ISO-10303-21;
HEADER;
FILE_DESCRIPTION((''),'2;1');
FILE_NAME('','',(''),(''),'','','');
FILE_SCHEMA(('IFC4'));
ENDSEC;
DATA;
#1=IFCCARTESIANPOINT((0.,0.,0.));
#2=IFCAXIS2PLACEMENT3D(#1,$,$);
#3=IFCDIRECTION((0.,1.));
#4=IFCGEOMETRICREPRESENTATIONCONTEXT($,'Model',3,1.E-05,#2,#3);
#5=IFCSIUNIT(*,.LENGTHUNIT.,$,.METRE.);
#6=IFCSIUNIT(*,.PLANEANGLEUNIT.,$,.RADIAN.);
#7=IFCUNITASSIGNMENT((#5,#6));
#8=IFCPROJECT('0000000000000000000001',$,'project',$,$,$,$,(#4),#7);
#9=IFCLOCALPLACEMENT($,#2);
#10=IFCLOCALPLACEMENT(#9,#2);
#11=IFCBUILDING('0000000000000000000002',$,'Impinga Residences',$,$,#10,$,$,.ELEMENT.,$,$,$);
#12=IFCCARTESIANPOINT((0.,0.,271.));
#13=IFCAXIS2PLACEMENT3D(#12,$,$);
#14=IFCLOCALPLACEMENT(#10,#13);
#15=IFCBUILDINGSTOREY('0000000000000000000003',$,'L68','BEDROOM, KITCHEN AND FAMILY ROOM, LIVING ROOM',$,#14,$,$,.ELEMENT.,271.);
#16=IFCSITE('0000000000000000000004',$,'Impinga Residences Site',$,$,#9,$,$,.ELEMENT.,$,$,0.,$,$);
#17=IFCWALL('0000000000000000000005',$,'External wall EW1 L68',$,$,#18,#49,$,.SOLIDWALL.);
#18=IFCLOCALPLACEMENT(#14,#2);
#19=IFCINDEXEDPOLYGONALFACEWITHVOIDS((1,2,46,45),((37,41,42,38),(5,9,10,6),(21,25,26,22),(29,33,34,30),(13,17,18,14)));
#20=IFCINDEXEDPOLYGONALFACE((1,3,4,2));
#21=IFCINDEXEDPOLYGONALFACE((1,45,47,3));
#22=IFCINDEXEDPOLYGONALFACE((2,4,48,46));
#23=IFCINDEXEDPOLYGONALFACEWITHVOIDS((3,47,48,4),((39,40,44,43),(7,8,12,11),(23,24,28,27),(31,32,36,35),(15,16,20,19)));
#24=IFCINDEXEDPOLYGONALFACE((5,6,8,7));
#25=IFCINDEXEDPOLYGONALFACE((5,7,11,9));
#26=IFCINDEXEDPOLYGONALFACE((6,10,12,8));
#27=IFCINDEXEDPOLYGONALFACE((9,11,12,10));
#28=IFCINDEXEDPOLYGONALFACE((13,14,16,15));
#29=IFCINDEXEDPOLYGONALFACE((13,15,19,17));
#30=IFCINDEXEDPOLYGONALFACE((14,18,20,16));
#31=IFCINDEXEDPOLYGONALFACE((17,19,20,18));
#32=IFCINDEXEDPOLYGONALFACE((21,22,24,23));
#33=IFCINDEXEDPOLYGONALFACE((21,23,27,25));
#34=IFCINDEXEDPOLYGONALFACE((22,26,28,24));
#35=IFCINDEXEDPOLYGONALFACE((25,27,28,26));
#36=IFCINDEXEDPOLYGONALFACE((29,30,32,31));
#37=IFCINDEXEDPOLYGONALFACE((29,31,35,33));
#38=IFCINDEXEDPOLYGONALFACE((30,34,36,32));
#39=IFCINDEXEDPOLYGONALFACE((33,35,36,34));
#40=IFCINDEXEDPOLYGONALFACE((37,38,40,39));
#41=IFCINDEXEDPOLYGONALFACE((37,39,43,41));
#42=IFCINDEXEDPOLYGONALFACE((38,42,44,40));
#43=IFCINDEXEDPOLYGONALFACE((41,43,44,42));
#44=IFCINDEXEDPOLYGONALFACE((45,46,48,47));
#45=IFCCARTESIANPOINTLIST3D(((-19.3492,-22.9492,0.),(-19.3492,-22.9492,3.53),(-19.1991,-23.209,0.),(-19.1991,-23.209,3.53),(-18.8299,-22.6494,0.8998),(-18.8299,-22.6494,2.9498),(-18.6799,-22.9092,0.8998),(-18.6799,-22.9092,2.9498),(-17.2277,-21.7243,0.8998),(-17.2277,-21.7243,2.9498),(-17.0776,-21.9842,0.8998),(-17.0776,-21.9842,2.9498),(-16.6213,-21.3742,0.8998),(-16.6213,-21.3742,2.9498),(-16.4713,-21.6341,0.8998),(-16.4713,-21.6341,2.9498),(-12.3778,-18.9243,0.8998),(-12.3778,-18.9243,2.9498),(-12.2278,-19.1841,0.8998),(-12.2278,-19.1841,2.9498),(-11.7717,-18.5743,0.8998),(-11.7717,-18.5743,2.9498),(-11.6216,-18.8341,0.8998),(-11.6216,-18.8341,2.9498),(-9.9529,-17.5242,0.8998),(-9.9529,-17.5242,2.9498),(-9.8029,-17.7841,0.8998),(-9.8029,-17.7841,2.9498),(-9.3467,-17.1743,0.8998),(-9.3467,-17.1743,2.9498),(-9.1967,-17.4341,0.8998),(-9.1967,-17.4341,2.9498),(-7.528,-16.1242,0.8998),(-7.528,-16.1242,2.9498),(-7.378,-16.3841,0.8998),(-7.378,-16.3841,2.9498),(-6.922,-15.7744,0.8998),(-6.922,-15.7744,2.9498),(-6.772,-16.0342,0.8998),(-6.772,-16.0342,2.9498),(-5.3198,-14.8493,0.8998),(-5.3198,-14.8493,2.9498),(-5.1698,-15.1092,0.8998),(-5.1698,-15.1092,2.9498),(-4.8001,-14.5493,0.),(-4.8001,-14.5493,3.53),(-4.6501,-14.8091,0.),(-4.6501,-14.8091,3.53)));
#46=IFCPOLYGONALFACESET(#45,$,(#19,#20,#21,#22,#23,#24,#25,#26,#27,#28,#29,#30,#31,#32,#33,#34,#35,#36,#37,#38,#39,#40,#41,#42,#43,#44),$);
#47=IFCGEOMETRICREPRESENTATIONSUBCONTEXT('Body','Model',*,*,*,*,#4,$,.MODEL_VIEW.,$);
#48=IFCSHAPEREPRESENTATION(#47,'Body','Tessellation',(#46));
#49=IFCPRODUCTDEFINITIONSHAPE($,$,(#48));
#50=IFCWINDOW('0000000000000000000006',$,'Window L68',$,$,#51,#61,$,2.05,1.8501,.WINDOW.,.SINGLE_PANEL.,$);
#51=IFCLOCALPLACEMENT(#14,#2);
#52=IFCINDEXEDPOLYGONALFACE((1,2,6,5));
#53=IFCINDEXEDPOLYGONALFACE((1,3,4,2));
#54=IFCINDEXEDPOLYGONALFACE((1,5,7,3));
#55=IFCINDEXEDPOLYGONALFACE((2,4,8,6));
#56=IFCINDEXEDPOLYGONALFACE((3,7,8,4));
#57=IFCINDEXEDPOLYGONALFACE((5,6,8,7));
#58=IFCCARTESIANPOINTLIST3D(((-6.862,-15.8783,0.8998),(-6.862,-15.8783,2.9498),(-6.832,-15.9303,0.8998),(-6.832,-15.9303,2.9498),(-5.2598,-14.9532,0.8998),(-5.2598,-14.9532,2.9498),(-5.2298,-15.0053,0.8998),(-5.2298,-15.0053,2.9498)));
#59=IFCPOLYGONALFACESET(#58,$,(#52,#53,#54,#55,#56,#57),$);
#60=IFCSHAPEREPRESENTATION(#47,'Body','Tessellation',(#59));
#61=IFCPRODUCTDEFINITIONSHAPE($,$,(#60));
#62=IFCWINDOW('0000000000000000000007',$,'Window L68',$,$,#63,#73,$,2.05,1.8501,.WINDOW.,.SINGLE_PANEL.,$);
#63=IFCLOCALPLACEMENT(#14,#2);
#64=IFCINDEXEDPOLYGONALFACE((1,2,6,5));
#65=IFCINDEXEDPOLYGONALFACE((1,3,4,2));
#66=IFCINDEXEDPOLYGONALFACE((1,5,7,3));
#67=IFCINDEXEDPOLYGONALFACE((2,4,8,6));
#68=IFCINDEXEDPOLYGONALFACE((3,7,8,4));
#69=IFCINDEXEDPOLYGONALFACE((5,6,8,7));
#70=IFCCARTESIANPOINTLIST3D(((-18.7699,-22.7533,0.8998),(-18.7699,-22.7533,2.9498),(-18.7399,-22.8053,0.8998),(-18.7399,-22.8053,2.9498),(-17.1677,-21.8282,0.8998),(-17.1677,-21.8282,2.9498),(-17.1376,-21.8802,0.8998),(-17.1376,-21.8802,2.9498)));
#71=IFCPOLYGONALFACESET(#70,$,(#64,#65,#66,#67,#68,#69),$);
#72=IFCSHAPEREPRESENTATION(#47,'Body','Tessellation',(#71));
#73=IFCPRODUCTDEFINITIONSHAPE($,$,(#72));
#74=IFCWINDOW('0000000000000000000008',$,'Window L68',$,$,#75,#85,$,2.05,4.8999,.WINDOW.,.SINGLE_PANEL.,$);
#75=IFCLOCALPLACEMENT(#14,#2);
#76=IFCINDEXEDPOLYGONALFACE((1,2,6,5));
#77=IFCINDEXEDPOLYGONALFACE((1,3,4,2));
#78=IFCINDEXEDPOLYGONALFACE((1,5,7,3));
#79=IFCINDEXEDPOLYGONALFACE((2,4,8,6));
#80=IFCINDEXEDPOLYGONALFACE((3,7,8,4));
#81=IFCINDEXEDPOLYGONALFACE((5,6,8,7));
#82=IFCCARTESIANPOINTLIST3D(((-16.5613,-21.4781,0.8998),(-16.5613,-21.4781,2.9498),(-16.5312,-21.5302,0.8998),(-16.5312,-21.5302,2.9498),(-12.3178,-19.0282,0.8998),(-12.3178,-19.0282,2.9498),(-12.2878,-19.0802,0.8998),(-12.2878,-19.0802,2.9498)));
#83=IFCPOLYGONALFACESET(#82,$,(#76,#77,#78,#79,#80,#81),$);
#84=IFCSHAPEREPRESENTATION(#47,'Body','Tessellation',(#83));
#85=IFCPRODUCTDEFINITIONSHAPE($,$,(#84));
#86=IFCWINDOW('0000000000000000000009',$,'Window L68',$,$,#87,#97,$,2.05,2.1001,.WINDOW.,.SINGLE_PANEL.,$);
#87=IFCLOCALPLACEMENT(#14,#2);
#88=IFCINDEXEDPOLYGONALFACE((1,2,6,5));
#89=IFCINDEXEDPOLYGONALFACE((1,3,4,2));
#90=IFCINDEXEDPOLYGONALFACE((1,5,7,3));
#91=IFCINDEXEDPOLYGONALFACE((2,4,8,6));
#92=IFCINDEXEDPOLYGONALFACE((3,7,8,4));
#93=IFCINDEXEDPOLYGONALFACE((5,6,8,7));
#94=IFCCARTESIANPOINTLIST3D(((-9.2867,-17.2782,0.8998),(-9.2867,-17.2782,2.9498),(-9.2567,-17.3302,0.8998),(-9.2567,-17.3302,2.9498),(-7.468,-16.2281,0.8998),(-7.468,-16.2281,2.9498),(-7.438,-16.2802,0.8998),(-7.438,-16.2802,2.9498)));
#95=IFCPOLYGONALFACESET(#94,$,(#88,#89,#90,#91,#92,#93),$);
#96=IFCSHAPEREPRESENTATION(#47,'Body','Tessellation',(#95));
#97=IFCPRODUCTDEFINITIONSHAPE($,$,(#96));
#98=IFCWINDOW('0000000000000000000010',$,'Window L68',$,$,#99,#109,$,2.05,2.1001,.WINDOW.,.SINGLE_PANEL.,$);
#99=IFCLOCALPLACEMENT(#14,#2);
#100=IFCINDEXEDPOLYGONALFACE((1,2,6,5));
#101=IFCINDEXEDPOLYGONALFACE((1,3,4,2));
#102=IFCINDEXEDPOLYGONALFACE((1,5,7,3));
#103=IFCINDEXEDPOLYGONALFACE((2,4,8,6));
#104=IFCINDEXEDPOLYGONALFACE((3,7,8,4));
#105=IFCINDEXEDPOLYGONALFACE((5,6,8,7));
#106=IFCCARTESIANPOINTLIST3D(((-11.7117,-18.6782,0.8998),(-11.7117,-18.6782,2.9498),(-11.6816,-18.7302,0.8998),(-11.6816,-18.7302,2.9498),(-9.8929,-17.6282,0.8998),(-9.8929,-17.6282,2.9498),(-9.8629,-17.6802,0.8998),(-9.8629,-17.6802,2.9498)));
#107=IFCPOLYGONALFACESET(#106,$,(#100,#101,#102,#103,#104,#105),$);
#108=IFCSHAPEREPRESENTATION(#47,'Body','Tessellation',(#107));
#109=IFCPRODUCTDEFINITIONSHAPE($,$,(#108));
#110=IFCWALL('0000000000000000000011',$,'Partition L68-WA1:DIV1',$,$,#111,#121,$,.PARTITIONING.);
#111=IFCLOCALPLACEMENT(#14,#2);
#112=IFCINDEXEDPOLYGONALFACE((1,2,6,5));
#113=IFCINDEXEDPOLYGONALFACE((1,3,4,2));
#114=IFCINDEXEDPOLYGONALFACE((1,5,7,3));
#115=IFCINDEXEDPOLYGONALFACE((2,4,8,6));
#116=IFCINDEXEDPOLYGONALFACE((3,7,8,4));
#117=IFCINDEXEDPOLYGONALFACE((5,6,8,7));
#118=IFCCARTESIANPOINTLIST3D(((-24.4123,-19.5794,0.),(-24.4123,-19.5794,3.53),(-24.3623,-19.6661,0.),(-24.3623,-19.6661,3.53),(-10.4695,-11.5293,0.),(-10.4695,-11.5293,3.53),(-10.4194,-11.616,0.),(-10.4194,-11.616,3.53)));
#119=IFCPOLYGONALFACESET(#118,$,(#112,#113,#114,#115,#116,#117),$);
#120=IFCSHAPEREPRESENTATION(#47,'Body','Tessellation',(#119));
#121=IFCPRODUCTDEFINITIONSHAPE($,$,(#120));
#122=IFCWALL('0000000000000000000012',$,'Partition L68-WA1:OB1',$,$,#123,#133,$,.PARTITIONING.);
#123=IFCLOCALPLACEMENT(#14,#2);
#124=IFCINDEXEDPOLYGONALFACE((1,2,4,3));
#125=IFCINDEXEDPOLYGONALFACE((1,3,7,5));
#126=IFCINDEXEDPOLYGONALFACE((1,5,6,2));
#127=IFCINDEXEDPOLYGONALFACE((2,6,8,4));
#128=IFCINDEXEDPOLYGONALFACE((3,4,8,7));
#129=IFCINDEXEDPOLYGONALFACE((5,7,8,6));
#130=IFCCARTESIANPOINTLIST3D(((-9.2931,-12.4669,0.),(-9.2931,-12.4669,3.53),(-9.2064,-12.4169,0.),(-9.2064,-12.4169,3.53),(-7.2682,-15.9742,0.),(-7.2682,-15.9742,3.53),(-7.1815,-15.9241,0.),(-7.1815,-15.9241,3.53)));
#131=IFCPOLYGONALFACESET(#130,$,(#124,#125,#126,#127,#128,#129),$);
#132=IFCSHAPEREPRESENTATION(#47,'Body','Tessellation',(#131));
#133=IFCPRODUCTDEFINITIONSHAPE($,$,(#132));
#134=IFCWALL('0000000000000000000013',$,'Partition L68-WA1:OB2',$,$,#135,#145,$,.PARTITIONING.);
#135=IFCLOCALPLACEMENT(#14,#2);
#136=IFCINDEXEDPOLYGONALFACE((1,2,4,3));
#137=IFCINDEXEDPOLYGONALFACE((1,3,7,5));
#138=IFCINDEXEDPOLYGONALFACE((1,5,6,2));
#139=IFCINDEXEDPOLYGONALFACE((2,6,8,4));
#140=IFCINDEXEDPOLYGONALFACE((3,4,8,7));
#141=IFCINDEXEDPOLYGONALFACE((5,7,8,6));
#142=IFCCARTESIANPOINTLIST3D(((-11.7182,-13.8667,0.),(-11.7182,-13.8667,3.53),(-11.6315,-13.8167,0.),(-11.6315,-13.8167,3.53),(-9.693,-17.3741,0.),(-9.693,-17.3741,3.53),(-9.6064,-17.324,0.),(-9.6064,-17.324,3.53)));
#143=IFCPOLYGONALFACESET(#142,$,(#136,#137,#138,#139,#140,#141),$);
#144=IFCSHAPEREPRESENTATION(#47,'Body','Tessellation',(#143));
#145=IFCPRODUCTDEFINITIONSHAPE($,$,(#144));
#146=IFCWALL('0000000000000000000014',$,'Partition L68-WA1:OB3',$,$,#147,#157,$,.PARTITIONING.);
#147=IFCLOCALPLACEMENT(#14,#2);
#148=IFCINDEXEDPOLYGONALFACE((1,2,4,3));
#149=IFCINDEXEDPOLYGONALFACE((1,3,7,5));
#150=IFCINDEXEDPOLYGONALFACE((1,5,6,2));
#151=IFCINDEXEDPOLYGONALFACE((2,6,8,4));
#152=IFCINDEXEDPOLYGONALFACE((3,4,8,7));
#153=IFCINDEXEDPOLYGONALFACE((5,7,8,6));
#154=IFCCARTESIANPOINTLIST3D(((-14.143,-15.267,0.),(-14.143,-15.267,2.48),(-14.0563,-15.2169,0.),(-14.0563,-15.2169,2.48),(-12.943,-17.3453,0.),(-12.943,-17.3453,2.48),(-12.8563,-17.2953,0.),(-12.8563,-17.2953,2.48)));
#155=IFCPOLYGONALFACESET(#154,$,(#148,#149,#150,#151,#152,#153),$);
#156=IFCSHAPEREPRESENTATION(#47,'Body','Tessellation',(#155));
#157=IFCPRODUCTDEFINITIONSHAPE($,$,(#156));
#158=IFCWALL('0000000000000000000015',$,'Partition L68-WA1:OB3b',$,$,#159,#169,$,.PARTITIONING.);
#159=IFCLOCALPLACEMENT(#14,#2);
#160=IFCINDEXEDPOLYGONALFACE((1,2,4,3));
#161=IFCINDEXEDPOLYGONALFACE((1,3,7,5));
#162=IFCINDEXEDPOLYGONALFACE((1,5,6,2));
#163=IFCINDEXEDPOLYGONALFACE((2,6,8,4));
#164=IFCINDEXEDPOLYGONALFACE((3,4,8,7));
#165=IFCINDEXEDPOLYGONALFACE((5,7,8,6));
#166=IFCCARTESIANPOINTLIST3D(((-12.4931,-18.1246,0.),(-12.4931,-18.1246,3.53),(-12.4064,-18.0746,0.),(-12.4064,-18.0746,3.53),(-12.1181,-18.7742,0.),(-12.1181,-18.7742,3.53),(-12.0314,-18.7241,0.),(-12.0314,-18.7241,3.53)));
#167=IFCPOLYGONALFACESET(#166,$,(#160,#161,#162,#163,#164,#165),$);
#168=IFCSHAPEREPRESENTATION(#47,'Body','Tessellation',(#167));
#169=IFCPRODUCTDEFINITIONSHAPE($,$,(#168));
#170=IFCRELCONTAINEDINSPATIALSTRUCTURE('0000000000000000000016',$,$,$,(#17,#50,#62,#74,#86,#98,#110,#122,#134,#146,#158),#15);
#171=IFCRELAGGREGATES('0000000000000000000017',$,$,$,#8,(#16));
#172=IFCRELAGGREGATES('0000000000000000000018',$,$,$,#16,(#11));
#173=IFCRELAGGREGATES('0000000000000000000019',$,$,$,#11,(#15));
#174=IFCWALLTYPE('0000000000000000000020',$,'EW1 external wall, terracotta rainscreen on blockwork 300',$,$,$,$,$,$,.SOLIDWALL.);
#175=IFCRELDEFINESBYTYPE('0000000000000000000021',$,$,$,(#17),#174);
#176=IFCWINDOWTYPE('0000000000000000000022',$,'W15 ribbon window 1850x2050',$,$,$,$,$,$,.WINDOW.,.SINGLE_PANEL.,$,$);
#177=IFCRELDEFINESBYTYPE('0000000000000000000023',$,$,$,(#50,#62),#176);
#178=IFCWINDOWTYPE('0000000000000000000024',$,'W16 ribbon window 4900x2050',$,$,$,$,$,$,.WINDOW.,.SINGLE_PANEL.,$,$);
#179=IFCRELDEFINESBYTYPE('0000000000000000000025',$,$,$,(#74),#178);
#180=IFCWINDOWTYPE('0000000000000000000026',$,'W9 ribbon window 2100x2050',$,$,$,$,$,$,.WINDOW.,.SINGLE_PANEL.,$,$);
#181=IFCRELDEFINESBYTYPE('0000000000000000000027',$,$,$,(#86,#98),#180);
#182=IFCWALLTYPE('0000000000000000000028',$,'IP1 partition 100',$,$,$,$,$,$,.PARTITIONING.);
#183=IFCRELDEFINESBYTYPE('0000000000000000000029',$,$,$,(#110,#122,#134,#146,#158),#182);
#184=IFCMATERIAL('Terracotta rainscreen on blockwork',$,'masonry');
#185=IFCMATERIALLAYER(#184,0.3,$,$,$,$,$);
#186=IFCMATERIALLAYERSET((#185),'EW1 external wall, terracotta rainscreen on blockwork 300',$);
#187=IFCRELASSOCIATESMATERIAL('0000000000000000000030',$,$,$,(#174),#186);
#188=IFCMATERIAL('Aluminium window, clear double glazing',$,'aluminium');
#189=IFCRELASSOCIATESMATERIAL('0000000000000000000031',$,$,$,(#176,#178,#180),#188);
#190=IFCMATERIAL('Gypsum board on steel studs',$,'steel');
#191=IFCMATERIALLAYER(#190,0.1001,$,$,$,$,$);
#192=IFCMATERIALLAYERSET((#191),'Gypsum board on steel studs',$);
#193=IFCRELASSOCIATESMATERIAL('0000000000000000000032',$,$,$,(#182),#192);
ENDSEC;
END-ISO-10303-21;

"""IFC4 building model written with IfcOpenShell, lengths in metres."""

from ifc_helpers import new_model, si_unit, direction, frame, frame_2d, origin, place, context, subcontext, project, spatial, rectangle, extrude, material, layer, layer_set, type_object, element, fill, save


model = new_model("IFC4")

# Units and contexts
model_context = context("Model", 3, precision=1e-05, world=origin(), true_north=direction((0.0, 1.0)))
body_context = subcontext(model_context, "Body", "Model", "MODEL_VIEW")
ifc_project = project(units=[si_unit("LENGTHUNIT", "METRE"), si_unit("PLANEANGLEUNIT", "RADIAN")], contexts=[model_context])

# Site, building, storey
site_placement = place(None, origin())
site = spatial("IfcSite", under=ifc_project, at=site_placement, Name="Impinga Residences Site", CompositionType="ELEMENT", RefElevation=0.0)
building_placement = place(site_placement, origin())
building = spatial("IfcBuilding", under=site, at=building_placement, Name="Impinga Residences", CompositionType="ELEMENT")
storey_placement = place(building_placement, frame((0.0, 0.0, 271.0)))
storey = spatial("IfcBuildingStorey", under=building, at=storey_placement, Name="L68", Description="BEDROOM, KITCHEN AND FAMILY ROOM, LIVING ROOM", CompositionType="ELEMENT", Elevation=271.0)

# Shared definitions
ifc_material_1 = material(Name="Terracotta rainscreen on blockwork", Category="masonry")
ifc_layer_1 = layer(ifc_material_1, 0.3)
ifc_layer_set_1 = layer_set([ifc_layer_1], Name="EW1 external wall, terracotta rainscreen on blockwork 300")
wall_type_1 = type_object("IfcWallType", Name="EW1 external wall, terracotta rainscreen on blockwork 300", PredefinedType="SOLIDWALL", material=ifc_layer_set_1)

# Wall, openings, windows
wall_1_placement = place(storey_placement, frame((-4.7251, -14.6792, 0.0), z_axis=(0.0, 0.0, 1.0), x_axis=(-0.866026, -0.5, 0.0)))
wall_1 = element("IfcWall", 1, at=wall_1_placement, inside=storey, type_object=wall_type_1, Name="External wall EW1 L68", PredefinedType="SOLIDWALL", context=body_context, shape_type="SweptSolid", body=[
    extrude(rectangle(XDim=16.7998, YDim=0.3, at=frame_2d((8.3999, 0.0))), origin(), (0.0, 0.0, 1.0), 3.53),
])
opening_1_placement = place(wall_1_placement, frame((0.6001, 0.0, 0.8999)))
opening_1 = element("IfcOpeningElement", 2, at=opening_1_placement, cuts=wall_1, PredefinedType="OPENING", context=body_context, shape_type="SweptSolid", body=[
    extrude(rectangle(XDim=1.8501, YDim=2.05, at=frame_2d((0.925, 1.0249))), frame((0.0, 0.1599, 0.0), z_axis=(0.0, -1.0, 0.0), x_axis=(1.0, 0.0, 0.0)), (0.0, 0.0, 1.0), 0.3201),
])
opening_2_placement = place(wall_1_placement, frame((3.1499, 0.0, 0.8999)))
opening_2 = element("IfcOpeningElement", 3, at=opening_2_placement, cuts=wall_1, PredefinedType="OPENING", context=body_context, shape_type="SweptSolid", body=[
    extrude(rectangle(XDim=2.1001, YDim=2.05, at=frame_2d((1.05, 1.0249))), frame((0.0, 0.1599, 0.0), z_axis=(0.0, -1.0, 0.0), x_axis=(1.0, 0.0, 0.0)), (0.0, 0.0, 1.0), 0.3201),
])
opening_3_placement = place(wall_1_placement, frame((5.95, 0.0, 0.8999)))
opening_3 = element("IfcOpeningElement", 4, at=opening_3_placement, cuts=wall_1, PredefinedType="OPENING", context=body_context, shape_type="SweptSolid", body=[
    extrude(rectangle(XDim=2.1001, YDim=2.05, at=frame_2d((1.05, 1.0249))), frame((0.0, 0.1599, 0.0), z_axis=(0.0, -1.0, 0.0), x_axis=(1.0, 0.0, 0.0)), (0.0, 0.0, 1.0), 0.3201),
])
opening_4_placement = place(wall_1_placement, frame((8.75, 0.0, 0.8999)))
opening_4 = element("IfcOpeningElement", 5, at=opening_4_placement, cuts=wall_1, PredefinedType="OPENING", context=body_context, shape_type="SweptSolid", body=[
    extrude(rectangle(XDim=4.8999, YDim=2.05, at=frame_2d((2.45, 1.0249))), frame((0.0, 0.1599, 0.0), z_axis=(0.0, -1.0, 0.0), x_axis=(1.0, 0.0, 0.0)), (0.0, 0.0, 1.0), 0.3201),
])
opening_5_placement = place(wall_1_placement, frame((14.3501, 0.0, 0.8999)))
opening_5 = element("IfcOpeningElement", 6, at=opening_5_placement, cuts=wall_1, PredefinedType="OPENING", context=body_context, shape_type="SweptSolid", body=[
    extrude(rectangle(XDim=1.8501, YDim=2.05, at=frame_2d((0.925, 1.0249))), frame((0.0, 0.1599, 0.0), z_axis=(0.0, -1.0, 0.0), x_axis=(1.0, 0.0, 0.0)), (0.0, 0.0, 1.0), 0.3201),
])
ifc_material_2 = material(Name="Aluminium window, clear double glazing", Category="aluminium")
window_type_1 = type_object("IfcWindowType", Name="W15 ribbon window 1850x2050", PartitioningType="SINGLE_PANEL", PredefinedType="WINDOW", material=ifc_material_2)
window_1_placement = place(opening_1_placement, origin())
window_1 = element("IfcWindow", 7, at=window_1_placement, inside=storey, type_object=window_type_1, Name="Window L68", OverallHeight=2.05, OverallWidth=1.8501, PartitioningType="SINGLE_PANEL", PredefinedType="WINDOW", context=body_context, shape_type="SweptSolid", body=[
    extrude(rectangle(XDim=1.8501, YDim=2.05, at=frame_2d((0.925, 1.0249))), frame((0.0, 0.03, 0.0), z_axis=(0.0, -1.0, 0.0), x_axis=(1.0, 0.0, 0.0)), (0.0, 0.0, 1.0), 0.0601),
])
fill(opening_1, window_1)
window_2_placement = place(opening_5_placement, origin())
window_2 = element("IfcWindow", 8, at=window_2_placement, inside=storey, type_object=window_type_1, Name="Window L68", OverallHeight=2.05, OverallWidth=1.8501, PartitioningType="SINGLE_PANEL", PredefinedType="WINDOW", context=body_context, shape_type="SweptSolid", body=[
    extrude(rectangle(XDim=1.8501, YDim=2.05, at=frame_2d((0.925, 1.0249))), frame((0.0, 0.03, 0.0), z_axis=(0.0, -1.0, 0.0), x_axis=(1.0, 0.0, 0.0)), (0.0, 0.0, 1.0), 0.0601),
])
fill(opening_5, window_2)
window_type_2 = type_object("IfcWindowType", Name="W16 ribbon window 4900x2050", PartitioningType="SINGLE_PANEL", PredefinedType="WINDOW", material=ifc_material_2)
window_3_placement = place(opening_4_placement, origin())
window_3 = element("IfcWindow", 9, at=window_3_placement, inside=storey, type_object=window_type_2, Name="Window L68", OverallHeight=2.05, OverallWidth=4.8999, PartitioningType="SINGLE_PANEL", PredefinedType="WINDOW", context=body_context, shape_type="SweptSolid", body=[
    extrude(rectangle(XDim=4.8999, YDim=2.05, at=frame_2d((2.45, 1.0249))), frame((0.0, 0.03, 0.0), z_axis=(0.0, -1.0, 0.0), x_axis=(1.0, 0.0, 0.0)), (0.0, 0.0, 1.0), 0.0601),
])
fill(opening_4, window_3)
window_type_3 = type_object("IfcWindowType", Name="W9 ribbon window 2100x2050", PartitioningType="SINGLE_PANEL", PredefinedType="WINDOW", material=ifc_material_2)
window_4_placement = place(opening_2_placement, origin())
window_4 = element("IfcWindow", 10, at=window_4_placement, inside=storey, type_object=window_type_3, Name="Window L68", OverallHeight=2.05, OverallWidth=2.1001, PartitioningType="SINGLE_PANEL", PredefinedType="WINDOW", context=body_context, shape_type="SweptSolid", body=[
    extrude(rectangle(XDim=2.1001, YDim=2.05, at=frame_2d((1.05, 1.0249))), frame((0.0, 0.03, 0.0), z_axis=(0.0, -1.0, 0.0), x_axis=(1.0, 0.0, 0.0)), (0.0, 0.0, 1.0), 0.0601),
])
fill(opening_2, window_4)
window_5_placement = place(opening_3_placement, origin())
window_5 = element("IfcWindow", 11, at=window_5_placement, inside=storey, type_object=window_type_3, Name="Window L68", OverallHeight=2.05, OverallWidth=2.1001, PartitioningType="SINGLE_PANEL", PredefinedType="WINDOW", context=body_context, shape_type="SweptSolid", body=[
    extrude(rectangle(XDim=2.1001, YDim=2.05, at=frame_2d((1.05, 1.0249))), frame((0.0, 0.03, 0.0), z_axis=(0.0, -1.0, 0.0), x_axis=(1.0, 0.0, 0.0)), (0.0, 0.0, 1.0), 0.0601),
])
fill(opening_3, window_5)

# Walls
ifc_material_3 = material(Name="Gypsum board on steel studs", Category="steel")
ifc_layer_2 = layer(ifc_material_3, 0.1001)
ifc_layer_set_2 = layer_set([ifc_layer_2], Name="Gypsum board on steel studs")
wall_type_2 = type_object("IfcWallType", Name="IP1 partition 100", PredefinedType="PARTITIONING", material=ifc_layer_set_2)
wall_2_placement = place(storey_placement, frame((-10.4446, -11.5728, 0.0), z_axis=(0.0, 0.0, 1.0), x_axis=(-0.866022, -0.500006, 0.0)))
element("IfcWall", 12, at=wall_2_placement, inside=storey, type_object=wall_type_2, Name="Partition L68-WA1:DIV1", PredefinedType="PARTITIONING", context=body_context, shape_type="SweptSolid", body=[
    extrude(rectangle(XDim=16.0999, YDim=0.1001, at=frame_2d((8.0498, 0.0))), origin(), (0.0, 0.0, 1.0), 3.53),
])
wall_3_placement = place(storey_placement, frame((-9.2498, -12.4419, 0.0), z_axis=(0.0, 0.0, 1.0), x_axis=(0.49999, -0.866031, 0.0)))
element("IfcWall", 13, at=wall_3_placement, inside=storey, type_object=wall_type_2, Name="Partition L68-WA1:OB1", PredefinedType="PARTITIONING", context=body_context, shape_type="SweptSolid", body=[
    extrude(rectangle(XDim=4.0498, YDim=0.1001, at=frame_2d((2.0249, 0.0))), origin(), (0.0, 0.0, 1.0), 3.53),
])
wall_4_placement = place(storey_placement, frame((-11.6748, -13.8418, 0.0), z_axis=(0.0, 0.0, 1.0), x_axis=(0.500036, -0.866005, 0.0)))
element("IfcWall", 14, at=wall_4_placement, inside=storey, type_object=wall_type_2, Name="Partition L68-WA1:OB2", PredefinedType="PARTITIONING", context=body_context, shape_type="SweptSolid", body=[
    extrude(rectangle(XDim=4.05, YDim=0.1001, at=frame_2d((2.0249, 0.0))), origin(), (0.0, 0.0, 1.0), 3.53),
])
wall_5_placement = place(storey_placement, frame((-14.0996, -15.2419, 0.0), z_axis=(0.0, 0.0, 1.0), x_axis=(0.500001, -0.866025, 0.0)))
element("IfcWall", 15, at=wall_5_placement, inside=storey, type_object=wall_type_2, Name="Partition L68-WA1:OB3", PredefinedType="PARTITIONING", context=body_context, shape_type="SweptSolid", body=[
    extrude(rectangle(XDim=2.3999, YDim=0.1001, at=frame_2d((1.2, 0.0))), origin(), (0.0, 0.0, 1.0), 2.48),
])
wall_6_placement = place(storey_placement, frame((-12.4497, -18.0996, 0.0), z_axis=(0.0, 0.0, 1.0), x_axis=(0.49992, -0.866072, 0.0)))
element("IfcWall", 16, at=wall_6_placement, inside=storey, type_object=wall_type_2, Name="Partition L68-WA1:OB3b", PredefinedType="PARTITIONING", context=body_context, shape_type="SweptSolid", body=[
    extrude(rectangle(XDim=0.75, YDim=0.1001, at=frame_2d((0.375, 0.0))), origin(), (0.0, 0.0, 1.0), 3.53),
])

save(model, "model.ifc")
